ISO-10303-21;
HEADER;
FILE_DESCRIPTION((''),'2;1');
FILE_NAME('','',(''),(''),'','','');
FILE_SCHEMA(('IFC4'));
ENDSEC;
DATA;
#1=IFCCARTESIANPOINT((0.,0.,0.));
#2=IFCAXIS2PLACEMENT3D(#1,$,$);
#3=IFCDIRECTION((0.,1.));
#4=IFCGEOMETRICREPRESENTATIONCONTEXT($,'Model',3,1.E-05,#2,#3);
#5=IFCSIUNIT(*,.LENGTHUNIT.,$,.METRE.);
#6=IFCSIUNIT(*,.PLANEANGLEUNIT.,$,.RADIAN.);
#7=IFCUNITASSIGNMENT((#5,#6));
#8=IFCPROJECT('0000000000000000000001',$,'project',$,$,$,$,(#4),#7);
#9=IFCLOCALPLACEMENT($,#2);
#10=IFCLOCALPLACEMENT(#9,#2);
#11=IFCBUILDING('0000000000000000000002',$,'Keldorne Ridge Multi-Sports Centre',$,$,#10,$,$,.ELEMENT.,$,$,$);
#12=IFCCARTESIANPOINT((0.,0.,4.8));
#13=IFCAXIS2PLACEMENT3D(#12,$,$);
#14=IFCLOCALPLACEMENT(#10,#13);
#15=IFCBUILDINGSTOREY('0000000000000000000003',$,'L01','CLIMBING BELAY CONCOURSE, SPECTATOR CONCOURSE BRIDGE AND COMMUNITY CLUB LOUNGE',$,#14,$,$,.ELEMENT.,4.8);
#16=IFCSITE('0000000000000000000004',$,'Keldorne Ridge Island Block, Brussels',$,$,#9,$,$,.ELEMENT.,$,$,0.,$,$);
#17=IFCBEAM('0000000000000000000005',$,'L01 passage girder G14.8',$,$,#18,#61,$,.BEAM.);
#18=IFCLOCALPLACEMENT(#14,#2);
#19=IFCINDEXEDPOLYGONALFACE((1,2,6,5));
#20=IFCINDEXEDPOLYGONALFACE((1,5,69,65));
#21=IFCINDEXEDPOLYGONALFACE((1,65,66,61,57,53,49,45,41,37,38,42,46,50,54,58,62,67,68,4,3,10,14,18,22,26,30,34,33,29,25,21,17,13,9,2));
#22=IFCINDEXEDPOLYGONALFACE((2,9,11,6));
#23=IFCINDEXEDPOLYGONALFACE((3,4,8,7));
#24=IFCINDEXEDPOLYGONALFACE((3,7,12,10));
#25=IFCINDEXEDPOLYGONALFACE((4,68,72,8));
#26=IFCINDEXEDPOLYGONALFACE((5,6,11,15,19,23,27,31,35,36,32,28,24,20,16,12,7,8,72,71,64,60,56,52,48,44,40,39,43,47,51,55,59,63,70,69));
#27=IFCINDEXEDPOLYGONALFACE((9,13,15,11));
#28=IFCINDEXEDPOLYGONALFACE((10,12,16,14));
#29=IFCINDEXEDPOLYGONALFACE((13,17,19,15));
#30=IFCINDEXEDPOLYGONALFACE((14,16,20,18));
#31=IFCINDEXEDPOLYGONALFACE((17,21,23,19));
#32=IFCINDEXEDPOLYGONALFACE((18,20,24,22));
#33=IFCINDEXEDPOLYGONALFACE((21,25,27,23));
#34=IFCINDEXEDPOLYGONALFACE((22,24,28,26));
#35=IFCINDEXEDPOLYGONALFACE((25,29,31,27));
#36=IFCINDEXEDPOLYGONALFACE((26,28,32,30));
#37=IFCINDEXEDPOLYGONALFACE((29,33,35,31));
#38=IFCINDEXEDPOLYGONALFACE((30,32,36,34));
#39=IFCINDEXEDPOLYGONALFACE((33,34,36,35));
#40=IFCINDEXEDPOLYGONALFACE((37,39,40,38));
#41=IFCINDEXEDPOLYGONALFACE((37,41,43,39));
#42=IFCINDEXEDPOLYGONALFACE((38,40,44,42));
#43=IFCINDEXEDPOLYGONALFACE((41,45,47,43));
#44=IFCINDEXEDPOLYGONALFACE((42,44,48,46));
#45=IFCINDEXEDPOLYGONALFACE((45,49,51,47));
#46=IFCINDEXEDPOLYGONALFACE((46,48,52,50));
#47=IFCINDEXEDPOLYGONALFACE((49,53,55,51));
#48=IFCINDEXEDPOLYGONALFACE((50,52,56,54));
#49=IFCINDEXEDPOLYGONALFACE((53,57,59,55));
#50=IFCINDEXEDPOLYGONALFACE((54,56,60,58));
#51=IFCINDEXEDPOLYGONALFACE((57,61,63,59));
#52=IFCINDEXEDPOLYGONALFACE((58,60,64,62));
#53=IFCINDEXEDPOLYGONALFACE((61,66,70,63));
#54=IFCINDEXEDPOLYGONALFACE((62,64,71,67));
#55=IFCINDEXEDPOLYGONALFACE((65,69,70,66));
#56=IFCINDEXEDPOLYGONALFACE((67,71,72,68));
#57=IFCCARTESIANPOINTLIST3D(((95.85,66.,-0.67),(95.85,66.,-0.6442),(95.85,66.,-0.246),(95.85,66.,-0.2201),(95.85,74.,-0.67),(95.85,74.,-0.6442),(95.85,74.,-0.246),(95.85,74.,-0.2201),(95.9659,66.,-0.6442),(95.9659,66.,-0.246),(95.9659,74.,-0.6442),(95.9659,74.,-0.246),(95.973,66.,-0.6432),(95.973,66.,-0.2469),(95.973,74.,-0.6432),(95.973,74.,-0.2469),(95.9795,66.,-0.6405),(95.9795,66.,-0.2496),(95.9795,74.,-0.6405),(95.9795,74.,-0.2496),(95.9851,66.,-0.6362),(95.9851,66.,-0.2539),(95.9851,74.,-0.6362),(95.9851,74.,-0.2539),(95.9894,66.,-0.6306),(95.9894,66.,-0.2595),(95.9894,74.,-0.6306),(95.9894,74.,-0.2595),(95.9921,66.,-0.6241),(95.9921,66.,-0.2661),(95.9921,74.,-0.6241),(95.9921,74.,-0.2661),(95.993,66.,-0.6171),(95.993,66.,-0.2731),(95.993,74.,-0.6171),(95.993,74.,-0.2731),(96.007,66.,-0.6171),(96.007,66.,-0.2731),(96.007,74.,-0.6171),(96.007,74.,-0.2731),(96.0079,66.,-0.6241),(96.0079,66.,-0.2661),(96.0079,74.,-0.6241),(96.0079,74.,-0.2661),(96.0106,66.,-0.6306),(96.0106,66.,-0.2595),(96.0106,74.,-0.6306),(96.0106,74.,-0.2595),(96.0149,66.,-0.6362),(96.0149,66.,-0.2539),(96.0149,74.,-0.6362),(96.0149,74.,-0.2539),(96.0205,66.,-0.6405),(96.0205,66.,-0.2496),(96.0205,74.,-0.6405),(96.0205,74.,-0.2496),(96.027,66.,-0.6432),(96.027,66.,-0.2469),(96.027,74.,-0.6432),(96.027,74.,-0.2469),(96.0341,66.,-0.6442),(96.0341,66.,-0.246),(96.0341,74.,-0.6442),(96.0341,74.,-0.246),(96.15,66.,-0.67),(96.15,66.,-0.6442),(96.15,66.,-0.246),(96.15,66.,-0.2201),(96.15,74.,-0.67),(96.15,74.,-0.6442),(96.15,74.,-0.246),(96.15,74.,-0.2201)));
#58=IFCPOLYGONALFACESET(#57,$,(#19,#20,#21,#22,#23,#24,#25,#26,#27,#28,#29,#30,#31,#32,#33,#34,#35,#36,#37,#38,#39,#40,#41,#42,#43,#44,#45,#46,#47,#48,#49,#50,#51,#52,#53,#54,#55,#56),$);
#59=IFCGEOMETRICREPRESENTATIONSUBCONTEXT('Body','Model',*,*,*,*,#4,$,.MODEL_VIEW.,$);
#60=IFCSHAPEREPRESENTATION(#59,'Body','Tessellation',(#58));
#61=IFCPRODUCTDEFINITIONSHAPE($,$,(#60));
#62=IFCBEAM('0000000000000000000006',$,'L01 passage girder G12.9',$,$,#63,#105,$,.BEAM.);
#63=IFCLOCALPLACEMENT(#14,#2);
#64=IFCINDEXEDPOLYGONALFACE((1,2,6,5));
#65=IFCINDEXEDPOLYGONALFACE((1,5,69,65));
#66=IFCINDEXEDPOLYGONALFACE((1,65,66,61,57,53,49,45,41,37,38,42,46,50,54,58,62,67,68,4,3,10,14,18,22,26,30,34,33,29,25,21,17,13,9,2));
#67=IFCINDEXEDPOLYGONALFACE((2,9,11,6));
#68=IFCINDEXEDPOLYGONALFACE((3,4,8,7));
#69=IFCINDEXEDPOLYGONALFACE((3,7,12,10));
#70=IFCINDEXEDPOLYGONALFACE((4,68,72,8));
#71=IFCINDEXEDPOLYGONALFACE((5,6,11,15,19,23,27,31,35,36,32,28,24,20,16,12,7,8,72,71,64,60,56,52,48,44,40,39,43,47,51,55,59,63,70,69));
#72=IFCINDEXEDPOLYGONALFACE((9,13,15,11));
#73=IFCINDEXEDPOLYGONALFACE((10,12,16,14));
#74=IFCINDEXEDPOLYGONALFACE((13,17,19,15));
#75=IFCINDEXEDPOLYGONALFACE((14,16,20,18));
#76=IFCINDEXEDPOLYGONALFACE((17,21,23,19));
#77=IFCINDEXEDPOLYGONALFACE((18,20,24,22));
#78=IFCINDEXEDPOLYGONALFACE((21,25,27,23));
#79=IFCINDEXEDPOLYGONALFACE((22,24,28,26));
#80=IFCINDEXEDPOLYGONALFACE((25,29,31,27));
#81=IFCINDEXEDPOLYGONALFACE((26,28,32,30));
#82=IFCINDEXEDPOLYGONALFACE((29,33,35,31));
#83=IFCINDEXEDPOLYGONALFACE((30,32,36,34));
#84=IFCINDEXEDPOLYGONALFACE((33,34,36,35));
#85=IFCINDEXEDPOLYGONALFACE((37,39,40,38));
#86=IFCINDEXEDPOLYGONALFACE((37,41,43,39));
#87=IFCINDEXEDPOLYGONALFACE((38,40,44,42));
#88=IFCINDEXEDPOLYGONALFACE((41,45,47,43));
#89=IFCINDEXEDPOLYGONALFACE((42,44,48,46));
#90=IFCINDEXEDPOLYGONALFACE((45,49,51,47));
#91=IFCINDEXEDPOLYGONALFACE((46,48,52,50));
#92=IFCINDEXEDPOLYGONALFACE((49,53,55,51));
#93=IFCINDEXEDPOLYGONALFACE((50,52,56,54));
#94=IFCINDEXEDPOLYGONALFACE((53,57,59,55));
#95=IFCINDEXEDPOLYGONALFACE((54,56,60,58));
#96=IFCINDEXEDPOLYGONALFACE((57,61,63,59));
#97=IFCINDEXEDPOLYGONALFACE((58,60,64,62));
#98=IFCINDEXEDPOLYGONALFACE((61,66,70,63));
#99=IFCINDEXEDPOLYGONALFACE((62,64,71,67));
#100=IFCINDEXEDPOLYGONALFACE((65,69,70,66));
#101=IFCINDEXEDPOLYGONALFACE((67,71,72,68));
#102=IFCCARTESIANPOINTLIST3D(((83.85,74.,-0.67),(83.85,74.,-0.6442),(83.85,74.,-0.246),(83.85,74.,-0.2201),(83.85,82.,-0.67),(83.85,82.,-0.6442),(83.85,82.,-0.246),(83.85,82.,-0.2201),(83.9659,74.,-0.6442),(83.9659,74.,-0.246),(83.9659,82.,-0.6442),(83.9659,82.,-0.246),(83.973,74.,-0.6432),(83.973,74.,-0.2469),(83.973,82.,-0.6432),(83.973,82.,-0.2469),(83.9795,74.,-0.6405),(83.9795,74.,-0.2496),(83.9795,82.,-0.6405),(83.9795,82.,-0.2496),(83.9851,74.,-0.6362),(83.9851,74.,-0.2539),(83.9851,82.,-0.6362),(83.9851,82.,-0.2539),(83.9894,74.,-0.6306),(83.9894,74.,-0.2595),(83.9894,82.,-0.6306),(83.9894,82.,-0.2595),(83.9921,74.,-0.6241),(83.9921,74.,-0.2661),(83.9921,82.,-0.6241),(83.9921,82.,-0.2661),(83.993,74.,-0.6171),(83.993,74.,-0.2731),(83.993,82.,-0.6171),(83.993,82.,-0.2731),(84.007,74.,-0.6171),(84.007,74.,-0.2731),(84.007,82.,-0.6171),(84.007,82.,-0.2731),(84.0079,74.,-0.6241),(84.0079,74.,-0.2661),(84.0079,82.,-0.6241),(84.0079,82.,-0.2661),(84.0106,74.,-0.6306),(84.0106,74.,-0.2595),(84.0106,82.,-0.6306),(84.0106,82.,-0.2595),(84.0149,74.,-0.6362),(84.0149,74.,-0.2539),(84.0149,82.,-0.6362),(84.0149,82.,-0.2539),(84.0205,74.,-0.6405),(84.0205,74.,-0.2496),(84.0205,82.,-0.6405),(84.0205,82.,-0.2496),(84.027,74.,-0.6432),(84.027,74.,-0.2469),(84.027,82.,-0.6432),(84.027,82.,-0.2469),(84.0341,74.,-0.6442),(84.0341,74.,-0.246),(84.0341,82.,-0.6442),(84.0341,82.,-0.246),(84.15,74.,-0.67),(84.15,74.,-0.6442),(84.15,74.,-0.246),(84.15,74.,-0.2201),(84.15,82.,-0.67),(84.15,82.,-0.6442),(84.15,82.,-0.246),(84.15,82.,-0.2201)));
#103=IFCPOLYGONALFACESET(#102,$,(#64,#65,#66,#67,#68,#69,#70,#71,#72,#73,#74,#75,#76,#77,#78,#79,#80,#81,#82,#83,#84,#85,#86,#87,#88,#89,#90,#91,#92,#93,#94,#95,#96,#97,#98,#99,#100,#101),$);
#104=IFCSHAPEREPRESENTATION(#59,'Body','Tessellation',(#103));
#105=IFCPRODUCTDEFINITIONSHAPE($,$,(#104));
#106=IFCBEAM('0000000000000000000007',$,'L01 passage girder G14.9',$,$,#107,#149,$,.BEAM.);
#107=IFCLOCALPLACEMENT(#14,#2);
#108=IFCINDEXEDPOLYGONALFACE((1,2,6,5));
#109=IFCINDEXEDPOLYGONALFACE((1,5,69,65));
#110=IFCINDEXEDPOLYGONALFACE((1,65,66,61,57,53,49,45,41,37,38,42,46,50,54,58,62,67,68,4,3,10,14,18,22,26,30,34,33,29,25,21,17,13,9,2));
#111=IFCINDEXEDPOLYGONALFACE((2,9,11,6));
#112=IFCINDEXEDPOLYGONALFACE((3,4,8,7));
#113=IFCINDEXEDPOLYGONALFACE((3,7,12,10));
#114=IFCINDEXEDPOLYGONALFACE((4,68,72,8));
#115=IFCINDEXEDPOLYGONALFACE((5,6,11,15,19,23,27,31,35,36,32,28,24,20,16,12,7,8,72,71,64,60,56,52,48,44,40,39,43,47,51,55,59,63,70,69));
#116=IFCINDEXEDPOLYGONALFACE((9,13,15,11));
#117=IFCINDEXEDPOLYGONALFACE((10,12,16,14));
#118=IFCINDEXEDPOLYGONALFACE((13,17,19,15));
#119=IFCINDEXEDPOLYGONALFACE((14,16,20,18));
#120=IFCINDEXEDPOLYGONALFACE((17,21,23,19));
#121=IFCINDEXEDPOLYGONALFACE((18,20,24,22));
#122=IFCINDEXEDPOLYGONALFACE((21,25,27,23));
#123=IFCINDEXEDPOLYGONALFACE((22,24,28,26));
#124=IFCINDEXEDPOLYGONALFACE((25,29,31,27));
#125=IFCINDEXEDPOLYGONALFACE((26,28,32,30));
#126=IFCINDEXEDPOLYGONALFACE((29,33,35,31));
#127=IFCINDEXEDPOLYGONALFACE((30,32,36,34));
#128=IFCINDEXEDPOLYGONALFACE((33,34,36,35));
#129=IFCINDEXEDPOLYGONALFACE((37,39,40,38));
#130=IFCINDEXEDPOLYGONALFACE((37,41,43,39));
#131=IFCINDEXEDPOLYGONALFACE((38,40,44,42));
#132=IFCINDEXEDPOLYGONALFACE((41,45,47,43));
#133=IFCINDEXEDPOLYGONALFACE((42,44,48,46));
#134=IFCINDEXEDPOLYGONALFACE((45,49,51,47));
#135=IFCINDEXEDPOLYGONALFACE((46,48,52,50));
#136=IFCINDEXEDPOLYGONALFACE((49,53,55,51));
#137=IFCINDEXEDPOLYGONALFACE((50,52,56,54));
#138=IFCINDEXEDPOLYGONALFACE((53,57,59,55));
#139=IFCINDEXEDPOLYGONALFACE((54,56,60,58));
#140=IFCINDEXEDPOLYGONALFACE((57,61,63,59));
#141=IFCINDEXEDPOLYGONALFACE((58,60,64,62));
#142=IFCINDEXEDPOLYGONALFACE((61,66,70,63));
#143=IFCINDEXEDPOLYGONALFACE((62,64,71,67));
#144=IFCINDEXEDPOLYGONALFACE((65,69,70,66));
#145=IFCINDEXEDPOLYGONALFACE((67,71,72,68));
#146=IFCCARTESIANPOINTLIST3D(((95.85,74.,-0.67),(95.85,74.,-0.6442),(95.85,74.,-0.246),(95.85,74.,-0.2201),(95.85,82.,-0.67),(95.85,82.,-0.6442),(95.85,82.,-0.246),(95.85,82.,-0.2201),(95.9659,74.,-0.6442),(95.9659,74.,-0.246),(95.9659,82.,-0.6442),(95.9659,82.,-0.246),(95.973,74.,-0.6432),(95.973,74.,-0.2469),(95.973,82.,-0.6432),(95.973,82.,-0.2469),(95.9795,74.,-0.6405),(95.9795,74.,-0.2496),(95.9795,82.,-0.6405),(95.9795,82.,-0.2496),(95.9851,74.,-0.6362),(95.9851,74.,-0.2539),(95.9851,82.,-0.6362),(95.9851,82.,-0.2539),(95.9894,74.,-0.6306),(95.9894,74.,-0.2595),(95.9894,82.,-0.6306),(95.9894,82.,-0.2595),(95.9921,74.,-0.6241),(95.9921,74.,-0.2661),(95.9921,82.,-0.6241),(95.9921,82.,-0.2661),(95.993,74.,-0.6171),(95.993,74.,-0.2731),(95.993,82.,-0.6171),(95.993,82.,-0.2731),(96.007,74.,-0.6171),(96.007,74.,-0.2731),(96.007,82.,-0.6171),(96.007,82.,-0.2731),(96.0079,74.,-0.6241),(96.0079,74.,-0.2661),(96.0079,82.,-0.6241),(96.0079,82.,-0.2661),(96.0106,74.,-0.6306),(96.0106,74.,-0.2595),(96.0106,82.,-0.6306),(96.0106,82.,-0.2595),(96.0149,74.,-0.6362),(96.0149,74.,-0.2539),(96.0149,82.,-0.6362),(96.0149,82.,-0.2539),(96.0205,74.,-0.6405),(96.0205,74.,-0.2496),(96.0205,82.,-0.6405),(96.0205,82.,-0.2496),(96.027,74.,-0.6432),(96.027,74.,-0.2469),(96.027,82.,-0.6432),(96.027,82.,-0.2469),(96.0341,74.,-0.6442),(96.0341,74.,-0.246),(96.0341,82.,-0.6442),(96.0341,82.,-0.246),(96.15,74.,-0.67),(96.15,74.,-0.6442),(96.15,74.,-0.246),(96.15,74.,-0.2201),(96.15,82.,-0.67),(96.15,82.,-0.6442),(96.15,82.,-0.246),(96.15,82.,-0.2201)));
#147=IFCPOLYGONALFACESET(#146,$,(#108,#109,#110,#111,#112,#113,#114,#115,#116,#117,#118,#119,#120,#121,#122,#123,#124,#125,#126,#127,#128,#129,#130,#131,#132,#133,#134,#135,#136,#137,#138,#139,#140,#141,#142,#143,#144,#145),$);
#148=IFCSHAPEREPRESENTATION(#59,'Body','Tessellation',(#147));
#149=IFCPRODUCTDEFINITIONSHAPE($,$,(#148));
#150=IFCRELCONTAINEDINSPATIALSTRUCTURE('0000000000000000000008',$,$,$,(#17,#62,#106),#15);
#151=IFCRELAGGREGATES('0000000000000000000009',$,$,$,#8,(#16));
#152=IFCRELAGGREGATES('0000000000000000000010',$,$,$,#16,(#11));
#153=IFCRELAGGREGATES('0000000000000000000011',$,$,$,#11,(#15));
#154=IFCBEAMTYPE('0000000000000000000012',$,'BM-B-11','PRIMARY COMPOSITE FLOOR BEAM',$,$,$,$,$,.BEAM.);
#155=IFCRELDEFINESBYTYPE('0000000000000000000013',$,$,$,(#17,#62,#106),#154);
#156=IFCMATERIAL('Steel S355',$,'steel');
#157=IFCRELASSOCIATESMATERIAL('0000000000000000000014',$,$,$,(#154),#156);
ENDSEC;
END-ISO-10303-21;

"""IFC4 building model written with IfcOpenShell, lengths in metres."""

from ifc_helpers import new_model, si_unit, direction, frame, origin, origin_2d, place, context, subcontext, project, spatial, i_section, extrude, material, material_profile, profile_set, type_object, element, save


model = new_model("IFC4")

# Units and contexts
model_context = context("Model", 3, precision=1e-05, world=origin(), true_north=direction((0.0, 1.0)))
body_context = subcontext(model_context, "Body", "Model", "MODEL_VIEW")
ifc_project = project(units=[si_unit("LENGTHUNIT", "METRE"), si_unit("PLANEANGLEUNIT", "RADIAN")], contexts=[model_context])

# Site, building, storey
site_placement = place(None, origin())
site = spatial("IfcSite", under=ifc_project, at=site_placement, Name="Keldorne Ridge Island Block, Brussels", CompositionType="ELEMENT", RefElevation=0.0)
building_placement = place(site_placement, origin())
building = spatial("IfcBuilding", under=site, at=building_placement, Name="Keldorne Ridge Multi-Sports Centre", CompositionType="ELEMENT")
storey_placement = place(building_placement, frame((0.0, 0.0, 4.8)))
storey = spatial("IfcBuildingStorey", under=building, at=storey_placement, Name="L01", Description="CLIMBING BELAY CONCOURSE, SPECTATOR CONCOURSE BRIDGE AND COMMUNITY CLUB LOUNGE", CompositionType="ELEMENT", Elevation=4.8)

# Shared definitions
ifc_material_1 = material(Name="Steel S355", Category="steel")

# Beams
ifc_material_profile_1 = material_profile(ifc_material_1, i_section(OverallWidth=0.3, OverallDepth=0.45, WebThickness=0.0139, FlangeThickness=0.0259, FilletRadius=0.0271, at=origin_2d()), Name="HEB 450")
ifc_profile_set_1 = profile_set([ifc_material_profile_1], Name="Steel S355")
beam_type_1 = type_object("IfcBeamType", Name="BM-B-11", Description="PRIMARY COMPOSITE FLOOR BEAM", PredefinedType="BEAM", material=ifc_profile_set_1)
for number, where, z_axis, x_axis, name in (
    (1, (96.0, 66.0, -0.4451), (0.0, 1.0, 0.0), (-1.0, 0.0, 0.0), "L01 passage girder G14.8"),
    (2, (84.0, 74.0, -0.4451), (0.0, 1.0, 0.0), (-1.0, 0.0, 0.0), "L01 passage girder G12.9"),
    (3, (96.0, 74.0, -0.4451), (0.0, 1.0, 0.0), (-1.0, 0.0, 0.0), "L01 passage girder G14.9"),
):
    element("IfcBeam", number, at=place(storey_placement, frame(where, z_axis=z_axis, x_axis=x_axis)), inside=storey, type_object=beam_type_1, Name=name, PredefinedType="BEAM", context=body_context, shape_type="SweptSolid", body=[
        extrude(i_section(OverallWidth=0.3, OverallDepth=0.45, WebThickness=0.0139, FlangeThickness=0.0259, FilletRadius=0.0271, at=origin_2d()), origin(), (0.0, 0.0, 1.0), 8.0),
    ])

save(model, "model.ifc")
